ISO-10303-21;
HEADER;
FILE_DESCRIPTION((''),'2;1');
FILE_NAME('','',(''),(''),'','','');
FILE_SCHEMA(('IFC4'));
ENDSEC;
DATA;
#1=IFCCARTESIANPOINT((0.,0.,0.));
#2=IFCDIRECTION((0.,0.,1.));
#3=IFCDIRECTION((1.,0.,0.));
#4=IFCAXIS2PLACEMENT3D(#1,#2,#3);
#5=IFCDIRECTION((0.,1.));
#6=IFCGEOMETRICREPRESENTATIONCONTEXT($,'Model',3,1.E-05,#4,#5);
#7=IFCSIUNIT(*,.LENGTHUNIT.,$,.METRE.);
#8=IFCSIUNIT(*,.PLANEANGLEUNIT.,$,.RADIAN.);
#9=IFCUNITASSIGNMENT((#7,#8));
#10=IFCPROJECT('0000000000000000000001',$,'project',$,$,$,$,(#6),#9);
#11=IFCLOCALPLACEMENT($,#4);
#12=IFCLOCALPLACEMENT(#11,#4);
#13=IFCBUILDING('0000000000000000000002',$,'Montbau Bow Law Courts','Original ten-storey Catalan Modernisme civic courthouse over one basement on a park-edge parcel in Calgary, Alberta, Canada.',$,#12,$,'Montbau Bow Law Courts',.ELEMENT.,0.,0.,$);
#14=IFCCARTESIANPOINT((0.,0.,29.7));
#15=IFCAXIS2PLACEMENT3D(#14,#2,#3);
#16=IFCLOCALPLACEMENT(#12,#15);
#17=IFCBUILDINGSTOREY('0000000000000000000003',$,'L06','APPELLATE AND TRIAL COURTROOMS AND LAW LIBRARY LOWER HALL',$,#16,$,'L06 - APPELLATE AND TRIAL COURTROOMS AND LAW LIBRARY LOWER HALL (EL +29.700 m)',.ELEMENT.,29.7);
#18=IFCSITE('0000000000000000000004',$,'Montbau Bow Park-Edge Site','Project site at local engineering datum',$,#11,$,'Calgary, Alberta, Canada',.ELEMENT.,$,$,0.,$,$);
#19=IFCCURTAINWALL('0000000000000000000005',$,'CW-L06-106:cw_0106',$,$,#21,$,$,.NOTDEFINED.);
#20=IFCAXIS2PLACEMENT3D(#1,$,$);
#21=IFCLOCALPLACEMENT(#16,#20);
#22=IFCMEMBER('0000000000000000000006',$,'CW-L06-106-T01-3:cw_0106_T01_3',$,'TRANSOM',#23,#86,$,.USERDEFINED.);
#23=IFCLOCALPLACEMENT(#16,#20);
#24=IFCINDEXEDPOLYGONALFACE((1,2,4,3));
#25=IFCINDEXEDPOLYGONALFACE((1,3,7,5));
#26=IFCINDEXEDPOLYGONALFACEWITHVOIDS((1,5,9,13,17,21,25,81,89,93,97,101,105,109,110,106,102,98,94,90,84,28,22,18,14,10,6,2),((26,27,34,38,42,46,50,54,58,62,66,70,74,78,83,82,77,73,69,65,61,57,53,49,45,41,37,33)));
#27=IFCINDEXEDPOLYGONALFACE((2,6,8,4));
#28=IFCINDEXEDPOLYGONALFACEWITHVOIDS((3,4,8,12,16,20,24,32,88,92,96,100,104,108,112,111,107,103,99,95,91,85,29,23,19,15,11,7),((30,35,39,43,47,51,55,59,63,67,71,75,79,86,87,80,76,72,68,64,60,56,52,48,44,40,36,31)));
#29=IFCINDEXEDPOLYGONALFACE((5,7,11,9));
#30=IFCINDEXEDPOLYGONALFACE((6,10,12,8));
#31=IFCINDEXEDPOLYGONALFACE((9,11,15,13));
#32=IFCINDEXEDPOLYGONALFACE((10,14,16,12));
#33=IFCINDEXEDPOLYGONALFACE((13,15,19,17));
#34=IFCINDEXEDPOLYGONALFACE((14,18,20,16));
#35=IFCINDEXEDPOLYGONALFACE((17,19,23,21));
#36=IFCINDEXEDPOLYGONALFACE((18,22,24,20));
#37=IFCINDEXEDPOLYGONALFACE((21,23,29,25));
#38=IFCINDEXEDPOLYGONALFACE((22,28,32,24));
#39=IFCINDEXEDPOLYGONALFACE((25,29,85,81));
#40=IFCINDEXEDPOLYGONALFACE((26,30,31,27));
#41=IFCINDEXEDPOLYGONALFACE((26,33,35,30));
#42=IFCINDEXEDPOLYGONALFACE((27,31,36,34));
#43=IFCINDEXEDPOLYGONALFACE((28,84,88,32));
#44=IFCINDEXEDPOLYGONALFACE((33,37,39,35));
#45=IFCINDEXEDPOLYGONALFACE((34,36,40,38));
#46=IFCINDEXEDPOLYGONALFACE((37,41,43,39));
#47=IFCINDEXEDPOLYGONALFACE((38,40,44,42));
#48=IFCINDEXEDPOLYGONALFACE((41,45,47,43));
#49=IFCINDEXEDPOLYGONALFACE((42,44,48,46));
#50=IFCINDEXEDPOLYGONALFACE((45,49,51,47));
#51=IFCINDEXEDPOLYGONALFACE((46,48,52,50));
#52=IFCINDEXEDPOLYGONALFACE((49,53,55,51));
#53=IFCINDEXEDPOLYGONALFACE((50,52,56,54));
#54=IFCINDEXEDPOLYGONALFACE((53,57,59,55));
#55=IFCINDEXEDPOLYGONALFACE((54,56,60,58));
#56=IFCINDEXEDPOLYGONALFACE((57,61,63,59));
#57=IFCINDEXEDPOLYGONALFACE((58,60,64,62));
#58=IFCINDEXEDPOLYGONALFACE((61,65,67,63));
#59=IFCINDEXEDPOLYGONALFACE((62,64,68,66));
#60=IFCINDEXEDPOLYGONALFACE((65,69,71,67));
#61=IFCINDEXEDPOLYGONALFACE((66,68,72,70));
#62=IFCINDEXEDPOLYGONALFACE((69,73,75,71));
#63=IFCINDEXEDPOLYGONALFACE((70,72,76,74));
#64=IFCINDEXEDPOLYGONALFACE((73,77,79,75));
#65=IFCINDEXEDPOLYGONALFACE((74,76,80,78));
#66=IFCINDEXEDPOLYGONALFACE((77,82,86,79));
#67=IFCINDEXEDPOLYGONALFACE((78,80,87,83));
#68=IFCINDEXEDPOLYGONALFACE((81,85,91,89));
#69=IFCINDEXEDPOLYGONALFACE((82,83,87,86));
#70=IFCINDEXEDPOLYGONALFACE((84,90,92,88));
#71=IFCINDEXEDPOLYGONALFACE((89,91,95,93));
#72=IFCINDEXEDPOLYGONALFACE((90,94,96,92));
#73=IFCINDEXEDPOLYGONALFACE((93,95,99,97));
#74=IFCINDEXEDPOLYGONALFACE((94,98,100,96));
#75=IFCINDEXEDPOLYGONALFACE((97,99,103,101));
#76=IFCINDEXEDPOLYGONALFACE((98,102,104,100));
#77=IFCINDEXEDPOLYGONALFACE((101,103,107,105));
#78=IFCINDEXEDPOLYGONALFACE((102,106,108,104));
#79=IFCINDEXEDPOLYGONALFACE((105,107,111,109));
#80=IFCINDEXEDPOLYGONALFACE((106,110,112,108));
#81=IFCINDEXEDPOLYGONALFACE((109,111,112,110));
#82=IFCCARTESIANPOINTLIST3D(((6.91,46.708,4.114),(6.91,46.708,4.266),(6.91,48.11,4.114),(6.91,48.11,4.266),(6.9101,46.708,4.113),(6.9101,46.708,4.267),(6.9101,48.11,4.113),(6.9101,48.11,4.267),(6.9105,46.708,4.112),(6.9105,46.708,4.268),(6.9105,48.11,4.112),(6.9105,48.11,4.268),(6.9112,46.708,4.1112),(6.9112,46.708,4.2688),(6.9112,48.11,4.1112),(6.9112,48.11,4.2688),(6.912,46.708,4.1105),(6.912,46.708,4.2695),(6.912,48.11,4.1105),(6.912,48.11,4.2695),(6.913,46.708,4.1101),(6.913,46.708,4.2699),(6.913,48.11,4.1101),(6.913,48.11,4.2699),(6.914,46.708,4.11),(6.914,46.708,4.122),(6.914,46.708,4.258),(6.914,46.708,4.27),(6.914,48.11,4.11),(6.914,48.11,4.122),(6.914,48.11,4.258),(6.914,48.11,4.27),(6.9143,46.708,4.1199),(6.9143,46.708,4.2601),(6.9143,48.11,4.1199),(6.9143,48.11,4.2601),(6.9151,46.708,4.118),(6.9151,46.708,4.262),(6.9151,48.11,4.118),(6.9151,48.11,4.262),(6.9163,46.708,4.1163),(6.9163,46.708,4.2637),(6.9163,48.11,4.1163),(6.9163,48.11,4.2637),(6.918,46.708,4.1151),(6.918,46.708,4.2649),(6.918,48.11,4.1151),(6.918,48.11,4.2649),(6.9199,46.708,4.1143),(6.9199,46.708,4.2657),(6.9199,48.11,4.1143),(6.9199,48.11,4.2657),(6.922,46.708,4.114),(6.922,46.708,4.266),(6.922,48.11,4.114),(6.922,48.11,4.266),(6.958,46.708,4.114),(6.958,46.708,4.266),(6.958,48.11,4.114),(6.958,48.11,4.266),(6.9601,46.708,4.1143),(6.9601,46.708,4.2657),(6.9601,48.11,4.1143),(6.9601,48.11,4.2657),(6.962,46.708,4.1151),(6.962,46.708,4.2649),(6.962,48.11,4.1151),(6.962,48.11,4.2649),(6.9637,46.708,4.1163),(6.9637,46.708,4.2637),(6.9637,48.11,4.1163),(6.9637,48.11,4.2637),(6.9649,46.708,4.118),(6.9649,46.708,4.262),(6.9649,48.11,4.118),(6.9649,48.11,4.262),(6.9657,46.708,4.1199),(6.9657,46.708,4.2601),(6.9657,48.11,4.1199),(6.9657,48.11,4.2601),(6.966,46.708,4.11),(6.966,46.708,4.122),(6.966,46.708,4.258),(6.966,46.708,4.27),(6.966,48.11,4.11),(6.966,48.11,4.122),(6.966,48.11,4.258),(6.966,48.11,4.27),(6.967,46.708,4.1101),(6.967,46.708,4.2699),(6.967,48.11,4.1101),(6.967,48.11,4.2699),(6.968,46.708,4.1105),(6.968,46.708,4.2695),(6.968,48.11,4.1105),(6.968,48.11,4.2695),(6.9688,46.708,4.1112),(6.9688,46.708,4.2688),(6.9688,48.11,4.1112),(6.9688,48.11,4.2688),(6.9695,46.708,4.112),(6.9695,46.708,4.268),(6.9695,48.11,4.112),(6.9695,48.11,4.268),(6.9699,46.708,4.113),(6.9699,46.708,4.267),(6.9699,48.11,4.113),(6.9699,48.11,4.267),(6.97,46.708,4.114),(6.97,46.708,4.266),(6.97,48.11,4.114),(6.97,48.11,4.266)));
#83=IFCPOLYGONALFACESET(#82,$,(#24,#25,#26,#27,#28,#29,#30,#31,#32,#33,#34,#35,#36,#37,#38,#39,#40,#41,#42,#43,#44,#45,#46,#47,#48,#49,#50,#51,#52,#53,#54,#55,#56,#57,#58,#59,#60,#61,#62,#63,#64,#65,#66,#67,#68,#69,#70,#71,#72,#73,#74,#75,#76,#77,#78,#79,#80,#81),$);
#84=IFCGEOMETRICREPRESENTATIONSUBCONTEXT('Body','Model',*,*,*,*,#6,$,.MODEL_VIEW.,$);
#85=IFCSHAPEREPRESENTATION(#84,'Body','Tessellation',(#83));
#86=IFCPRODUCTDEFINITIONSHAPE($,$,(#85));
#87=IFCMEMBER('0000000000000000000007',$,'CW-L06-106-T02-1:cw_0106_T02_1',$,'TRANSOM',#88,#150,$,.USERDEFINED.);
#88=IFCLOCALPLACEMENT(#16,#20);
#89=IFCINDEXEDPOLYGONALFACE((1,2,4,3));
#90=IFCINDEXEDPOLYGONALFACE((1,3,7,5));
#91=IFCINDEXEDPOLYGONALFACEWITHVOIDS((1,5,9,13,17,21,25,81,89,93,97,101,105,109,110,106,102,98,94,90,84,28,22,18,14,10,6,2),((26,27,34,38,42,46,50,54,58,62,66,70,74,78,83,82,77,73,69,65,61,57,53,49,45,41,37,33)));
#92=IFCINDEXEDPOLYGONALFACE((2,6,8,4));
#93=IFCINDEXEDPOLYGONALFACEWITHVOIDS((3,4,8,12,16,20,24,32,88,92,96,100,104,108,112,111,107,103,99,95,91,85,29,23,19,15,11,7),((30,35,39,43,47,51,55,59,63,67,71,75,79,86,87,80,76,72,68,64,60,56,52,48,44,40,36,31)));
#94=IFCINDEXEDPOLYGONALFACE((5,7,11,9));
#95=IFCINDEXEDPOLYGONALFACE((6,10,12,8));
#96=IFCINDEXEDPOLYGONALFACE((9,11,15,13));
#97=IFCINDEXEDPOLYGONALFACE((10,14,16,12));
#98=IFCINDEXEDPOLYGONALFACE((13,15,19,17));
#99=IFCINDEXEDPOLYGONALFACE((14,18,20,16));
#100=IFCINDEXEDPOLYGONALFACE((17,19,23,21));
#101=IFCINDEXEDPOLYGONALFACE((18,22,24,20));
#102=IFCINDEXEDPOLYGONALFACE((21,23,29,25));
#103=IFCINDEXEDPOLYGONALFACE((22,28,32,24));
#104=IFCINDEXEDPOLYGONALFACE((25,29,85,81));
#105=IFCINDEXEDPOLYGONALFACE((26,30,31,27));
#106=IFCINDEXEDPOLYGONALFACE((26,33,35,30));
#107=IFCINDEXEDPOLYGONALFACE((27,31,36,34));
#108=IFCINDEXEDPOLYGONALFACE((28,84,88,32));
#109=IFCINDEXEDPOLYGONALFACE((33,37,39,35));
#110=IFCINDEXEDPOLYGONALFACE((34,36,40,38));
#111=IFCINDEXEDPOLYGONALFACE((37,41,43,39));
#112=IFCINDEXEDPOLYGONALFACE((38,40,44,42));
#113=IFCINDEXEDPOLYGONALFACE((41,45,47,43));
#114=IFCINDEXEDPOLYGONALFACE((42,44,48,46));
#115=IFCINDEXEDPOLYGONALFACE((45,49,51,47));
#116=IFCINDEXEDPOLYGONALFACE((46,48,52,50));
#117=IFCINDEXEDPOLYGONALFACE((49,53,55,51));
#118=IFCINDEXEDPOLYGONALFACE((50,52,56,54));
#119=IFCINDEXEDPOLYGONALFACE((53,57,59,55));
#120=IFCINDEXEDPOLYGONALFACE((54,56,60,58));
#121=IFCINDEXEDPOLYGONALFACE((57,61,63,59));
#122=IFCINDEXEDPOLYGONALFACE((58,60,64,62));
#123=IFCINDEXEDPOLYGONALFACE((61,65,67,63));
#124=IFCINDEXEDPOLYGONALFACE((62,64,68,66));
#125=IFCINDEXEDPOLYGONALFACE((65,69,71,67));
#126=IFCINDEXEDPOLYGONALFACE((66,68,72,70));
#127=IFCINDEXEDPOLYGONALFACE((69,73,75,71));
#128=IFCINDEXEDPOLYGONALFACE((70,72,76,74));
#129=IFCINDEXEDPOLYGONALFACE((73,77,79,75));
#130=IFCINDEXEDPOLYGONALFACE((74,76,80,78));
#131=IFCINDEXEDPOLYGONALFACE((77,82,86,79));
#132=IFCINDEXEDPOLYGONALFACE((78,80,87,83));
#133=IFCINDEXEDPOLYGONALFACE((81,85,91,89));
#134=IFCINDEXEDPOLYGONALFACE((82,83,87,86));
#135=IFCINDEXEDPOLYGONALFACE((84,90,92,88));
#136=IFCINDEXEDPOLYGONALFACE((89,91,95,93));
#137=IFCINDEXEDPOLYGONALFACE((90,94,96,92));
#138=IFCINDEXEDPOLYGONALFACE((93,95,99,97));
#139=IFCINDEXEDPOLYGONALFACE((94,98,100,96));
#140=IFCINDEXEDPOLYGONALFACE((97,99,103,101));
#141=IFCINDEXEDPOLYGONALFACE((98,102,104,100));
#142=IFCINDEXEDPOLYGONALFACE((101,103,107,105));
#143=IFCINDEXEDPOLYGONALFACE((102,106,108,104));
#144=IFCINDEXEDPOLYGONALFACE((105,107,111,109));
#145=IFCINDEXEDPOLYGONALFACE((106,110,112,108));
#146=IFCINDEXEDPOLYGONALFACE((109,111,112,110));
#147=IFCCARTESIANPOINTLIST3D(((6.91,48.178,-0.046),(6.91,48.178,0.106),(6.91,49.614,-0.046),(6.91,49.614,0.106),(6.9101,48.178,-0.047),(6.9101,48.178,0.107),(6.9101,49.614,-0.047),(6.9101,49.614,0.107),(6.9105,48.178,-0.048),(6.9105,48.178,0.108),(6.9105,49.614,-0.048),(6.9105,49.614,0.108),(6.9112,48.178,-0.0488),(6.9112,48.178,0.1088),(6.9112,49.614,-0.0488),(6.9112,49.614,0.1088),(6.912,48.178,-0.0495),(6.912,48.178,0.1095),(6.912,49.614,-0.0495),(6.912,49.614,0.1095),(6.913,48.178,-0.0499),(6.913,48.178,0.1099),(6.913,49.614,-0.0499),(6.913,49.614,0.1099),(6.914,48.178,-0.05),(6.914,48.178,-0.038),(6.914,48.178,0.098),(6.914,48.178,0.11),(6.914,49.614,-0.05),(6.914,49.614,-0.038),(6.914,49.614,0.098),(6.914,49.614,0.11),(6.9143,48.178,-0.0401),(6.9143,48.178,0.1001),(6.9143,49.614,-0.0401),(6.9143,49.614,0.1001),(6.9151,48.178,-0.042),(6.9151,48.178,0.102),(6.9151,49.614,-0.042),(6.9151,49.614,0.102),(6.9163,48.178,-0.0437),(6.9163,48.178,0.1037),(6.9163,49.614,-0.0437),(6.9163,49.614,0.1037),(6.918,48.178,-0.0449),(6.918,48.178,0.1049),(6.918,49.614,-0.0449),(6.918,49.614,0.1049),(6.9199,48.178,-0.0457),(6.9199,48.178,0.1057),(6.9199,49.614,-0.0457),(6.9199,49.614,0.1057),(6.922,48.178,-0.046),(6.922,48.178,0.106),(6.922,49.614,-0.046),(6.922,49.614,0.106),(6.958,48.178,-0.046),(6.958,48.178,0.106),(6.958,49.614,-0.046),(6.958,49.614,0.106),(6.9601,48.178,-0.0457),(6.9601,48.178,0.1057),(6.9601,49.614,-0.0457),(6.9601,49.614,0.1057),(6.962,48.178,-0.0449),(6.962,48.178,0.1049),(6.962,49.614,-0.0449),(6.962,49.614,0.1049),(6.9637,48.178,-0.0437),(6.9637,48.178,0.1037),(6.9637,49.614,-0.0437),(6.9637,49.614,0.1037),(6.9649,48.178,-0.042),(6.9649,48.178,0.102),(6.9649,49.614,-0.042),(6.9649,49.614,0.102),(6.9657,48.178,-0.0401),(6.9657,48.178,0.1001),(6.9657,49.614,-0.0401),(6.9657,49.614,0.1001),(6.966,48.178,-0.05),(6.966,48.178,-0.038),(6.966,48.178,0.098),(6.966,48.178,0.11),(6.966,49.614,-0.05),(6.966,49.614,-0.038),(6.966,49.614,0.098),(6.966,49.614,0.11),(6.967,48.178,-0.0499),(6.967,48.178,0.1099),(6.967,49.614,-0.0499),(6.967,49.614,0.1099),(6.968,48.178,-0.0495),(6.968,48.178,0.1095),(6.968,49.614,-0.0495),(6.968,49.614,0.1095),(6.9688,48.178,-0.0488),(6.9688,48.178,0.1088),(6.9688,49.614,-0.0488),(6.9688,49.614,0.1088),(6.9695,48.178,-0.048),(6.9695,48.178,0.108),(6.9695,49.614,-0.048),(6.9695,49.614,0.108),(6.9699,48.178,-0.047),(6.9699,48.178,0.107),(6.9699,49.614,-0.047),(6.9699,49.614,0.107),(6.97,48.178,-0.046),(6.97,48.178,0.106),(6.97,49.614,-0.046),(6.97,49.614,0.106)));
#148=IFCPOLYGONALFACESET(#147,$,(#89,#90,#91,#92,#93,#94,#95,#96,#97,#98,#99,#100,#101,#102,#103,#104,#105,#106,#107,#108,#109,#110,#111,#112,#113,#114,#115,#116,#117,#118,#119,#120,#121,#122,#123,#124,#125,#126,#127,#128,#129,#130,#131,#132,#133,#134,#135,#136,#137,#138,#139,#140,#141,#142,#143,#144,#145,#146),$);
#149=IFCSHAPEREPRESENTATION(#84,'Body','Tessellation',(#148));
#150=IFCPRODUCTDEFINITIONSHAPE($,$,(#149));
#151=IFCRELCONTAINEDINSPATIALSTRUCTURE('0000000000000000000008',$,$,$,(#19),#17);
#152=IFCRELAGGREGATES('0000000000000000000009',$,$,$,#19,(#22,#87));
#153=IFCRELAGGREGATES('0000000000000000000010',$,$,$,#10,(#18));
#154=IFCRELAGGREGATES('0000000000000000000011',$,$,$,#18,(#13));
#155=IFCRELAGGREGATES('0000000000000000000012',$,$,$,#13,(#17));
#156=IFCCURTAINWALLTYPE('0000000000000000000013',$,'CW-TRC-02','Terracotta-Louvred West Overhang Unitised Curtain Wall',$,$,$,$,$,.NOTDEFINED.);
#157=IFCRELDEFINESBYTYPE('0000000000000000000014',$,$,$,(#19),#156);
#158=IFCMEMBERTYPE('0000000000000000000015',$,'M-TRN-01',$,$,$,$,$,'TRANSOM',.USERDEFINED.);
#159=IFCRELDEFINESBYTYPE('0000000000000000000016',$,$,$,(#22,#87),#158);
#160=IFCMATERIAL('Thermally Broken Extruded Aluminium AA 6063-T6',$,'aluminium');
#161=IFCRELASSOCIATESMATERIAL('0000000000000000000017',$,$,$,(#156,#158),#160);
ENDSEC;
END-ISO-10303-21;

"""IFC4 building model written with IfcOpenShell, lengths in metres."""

from ifc_helpers import new_model, si_unit, direction, frame, origin_with_axes, origin_2d_with_axis, place, context, subcontext, project, spatial, hollow_rectangle, extrude, material, material_profile, profile_set, type_object, element, aggregate, save


model = new_model("IFC4")

# Units and contexts
model_context = context("Model", 3, precision=1e-05, world=origin_with_axes(), true_north=direction((0.0, 1.0)))
body_context = subcontext(model_context, "Body", "Model", "MODEL_VIEW")
ifc_project = project(units=[si_unit("LENGTHUNIT", "METRE"), si_unit("PLANEANGLEUNIT", "RADIAN")], contexts=[model_context])

# Site, building, storey
site_placement = place(None, origin_with_axes())
site = spatial("IfcSite", under=ifc_project, at=site_placement, Name="Montbau Bow Park-Edge Site", Description="Project site at local engineering datum", LongName="Calgary, Alberta, Canada", CompositionType="ELEMENT", RefElevation=0.0)
building_placement = place(site_placement, origin_with_axes())
building = spatial("IfcBuilding", under=site, at=building_placement, Name="Montbau Bow Law Courts", Description="Original ten-storey Catalan Modernisme civic courthouse over one basement on a park-edge parcel in Calgary, Alberta, Canada.", LongName="Montbau Bow Law Courts", CompositionType="ELEMENT", ElevationOfRefHeight=0.0, ElevationOfTerrain=0.0)
storey_placement = place(building_placement, frame((0.0, 0.0, 29.7), z_axis=(0.0, 0.0, 1.0), x_axis=(1.0, 0.0, 0.0)))
storey = spatial("IfcBuildingStorey", under=building, at=storey_placement, Name="L06", Description="APPELLATE AND TRIAL COURTROOMS AND LAW LIBRARY LOWER HALL", LongName="L06 - APPELLATE AND TRIAL COURTROOMS AND LAW LIBRARY LOWER HALL (EL +29.700 m)", CompositionType="ELEMENT", Elevation=29.7)

# Shared definitions
ifc_material_1 = material(Name="Thermally Broken Extruded Aluminium AA 6063-T6", Category="aluminium")
curtain_wall_type = type_object("IfcCurtainWallType", Name="CW-TRC-02", Description="Terracotta-Louvred West Overhang Unitised Curtain Wall", PredefinedType="NOTDEFINED", material=ifc_material_1)

# Curtain wall, members
curtain_wall_1_placement = place(None, frame((6.94, 46.64, 29.7), z_axis=(0.0, 0.0, 1.0), x_axis=(1.0, 0.0, 0.0)))
curtain_wall_1 = element("IfcCurtainWall", 1, at=curtain_wall_1_placement, inside=storey, type_object=curtain_wall_type, Name="CW-L06-106:cw_0106", PredefinedType="NOTDEFINED")
ifc_material_profile_1 = material_profile(ifc_material_1, hollow_rectangle(XDim=0.06, YDim=0.16, WallThickness=0.004, InnerFilletRadius=0.008, OuterFilletRadius=0.004, at=origin_2d_with_axis()), Name="CWT-160X60", Category="Main", Priority=0)
ifc_profile_set_1 = profile_set([ifc_material_profile_1], Name="Thermally Broken Extruded Aluminium AA 6063-T6")
member_type_1 = type_object("IfcMemberType", Name="M-TRN-01", ElementType="TRANSOM", PredefinedType="USERDEFINED", material=ifc_profile_set_1)
member_1_placement = place(None, frame((6.94, 46.708, 33.89), z_axis=(0.0, 1.0, 0.0), x_axis=(-1.0, 0.0, 0.0)))
member_1 = element("IfcMember", 2, at=member_1_placement, type_object=member_type_1, Name="CW-L06-106-T01-3:cw_0106_T01_3", ObjectType="TRANSOM", PredefinedType="USERDEFINED", context=body_context, shape_type="SweptSolid", body=[
    extrude(hollow_rectangle(XDim=0.06, YDim=0.16, WallThickness=0.004, InnerFilletRadius=0.008, OuterFilletRadius=0.004, at=origin_2d_with_axis()), origin_with_axes(), (0.0, 0.0, 1.0), 1.402),
])
member_2_placement = place(None, frame((6.94, 48.178, 29.73), z_axis=(0.0, 1.0, 0.0), x_axis=(-1.0, 0.0, 0.0)))
member_2 = element("IfcMember", 3, at=member_2_placement, type_object=member_type_1, Name="CW-L06-106-T02-1:cw_0106_T02_1", ObjectType="TRANSOM", PredefinedType="USERDEFINED", context=body_context, shape_type="SweptSolid", body=[
    extrude(hollow_rectangle(XDim=0.06, YDim=0.16, WallThickness=0.004, InnerFilletRadius=0.008, OuterFilletRadius=0.004, at=origin_2d_with_axis()), origin_with_axes(), (0.0, 0.0, 1.0), 1.436),
])
aggregate(curtain_wall_1, [member_1, member_2])

save(model, "model.ifc")
